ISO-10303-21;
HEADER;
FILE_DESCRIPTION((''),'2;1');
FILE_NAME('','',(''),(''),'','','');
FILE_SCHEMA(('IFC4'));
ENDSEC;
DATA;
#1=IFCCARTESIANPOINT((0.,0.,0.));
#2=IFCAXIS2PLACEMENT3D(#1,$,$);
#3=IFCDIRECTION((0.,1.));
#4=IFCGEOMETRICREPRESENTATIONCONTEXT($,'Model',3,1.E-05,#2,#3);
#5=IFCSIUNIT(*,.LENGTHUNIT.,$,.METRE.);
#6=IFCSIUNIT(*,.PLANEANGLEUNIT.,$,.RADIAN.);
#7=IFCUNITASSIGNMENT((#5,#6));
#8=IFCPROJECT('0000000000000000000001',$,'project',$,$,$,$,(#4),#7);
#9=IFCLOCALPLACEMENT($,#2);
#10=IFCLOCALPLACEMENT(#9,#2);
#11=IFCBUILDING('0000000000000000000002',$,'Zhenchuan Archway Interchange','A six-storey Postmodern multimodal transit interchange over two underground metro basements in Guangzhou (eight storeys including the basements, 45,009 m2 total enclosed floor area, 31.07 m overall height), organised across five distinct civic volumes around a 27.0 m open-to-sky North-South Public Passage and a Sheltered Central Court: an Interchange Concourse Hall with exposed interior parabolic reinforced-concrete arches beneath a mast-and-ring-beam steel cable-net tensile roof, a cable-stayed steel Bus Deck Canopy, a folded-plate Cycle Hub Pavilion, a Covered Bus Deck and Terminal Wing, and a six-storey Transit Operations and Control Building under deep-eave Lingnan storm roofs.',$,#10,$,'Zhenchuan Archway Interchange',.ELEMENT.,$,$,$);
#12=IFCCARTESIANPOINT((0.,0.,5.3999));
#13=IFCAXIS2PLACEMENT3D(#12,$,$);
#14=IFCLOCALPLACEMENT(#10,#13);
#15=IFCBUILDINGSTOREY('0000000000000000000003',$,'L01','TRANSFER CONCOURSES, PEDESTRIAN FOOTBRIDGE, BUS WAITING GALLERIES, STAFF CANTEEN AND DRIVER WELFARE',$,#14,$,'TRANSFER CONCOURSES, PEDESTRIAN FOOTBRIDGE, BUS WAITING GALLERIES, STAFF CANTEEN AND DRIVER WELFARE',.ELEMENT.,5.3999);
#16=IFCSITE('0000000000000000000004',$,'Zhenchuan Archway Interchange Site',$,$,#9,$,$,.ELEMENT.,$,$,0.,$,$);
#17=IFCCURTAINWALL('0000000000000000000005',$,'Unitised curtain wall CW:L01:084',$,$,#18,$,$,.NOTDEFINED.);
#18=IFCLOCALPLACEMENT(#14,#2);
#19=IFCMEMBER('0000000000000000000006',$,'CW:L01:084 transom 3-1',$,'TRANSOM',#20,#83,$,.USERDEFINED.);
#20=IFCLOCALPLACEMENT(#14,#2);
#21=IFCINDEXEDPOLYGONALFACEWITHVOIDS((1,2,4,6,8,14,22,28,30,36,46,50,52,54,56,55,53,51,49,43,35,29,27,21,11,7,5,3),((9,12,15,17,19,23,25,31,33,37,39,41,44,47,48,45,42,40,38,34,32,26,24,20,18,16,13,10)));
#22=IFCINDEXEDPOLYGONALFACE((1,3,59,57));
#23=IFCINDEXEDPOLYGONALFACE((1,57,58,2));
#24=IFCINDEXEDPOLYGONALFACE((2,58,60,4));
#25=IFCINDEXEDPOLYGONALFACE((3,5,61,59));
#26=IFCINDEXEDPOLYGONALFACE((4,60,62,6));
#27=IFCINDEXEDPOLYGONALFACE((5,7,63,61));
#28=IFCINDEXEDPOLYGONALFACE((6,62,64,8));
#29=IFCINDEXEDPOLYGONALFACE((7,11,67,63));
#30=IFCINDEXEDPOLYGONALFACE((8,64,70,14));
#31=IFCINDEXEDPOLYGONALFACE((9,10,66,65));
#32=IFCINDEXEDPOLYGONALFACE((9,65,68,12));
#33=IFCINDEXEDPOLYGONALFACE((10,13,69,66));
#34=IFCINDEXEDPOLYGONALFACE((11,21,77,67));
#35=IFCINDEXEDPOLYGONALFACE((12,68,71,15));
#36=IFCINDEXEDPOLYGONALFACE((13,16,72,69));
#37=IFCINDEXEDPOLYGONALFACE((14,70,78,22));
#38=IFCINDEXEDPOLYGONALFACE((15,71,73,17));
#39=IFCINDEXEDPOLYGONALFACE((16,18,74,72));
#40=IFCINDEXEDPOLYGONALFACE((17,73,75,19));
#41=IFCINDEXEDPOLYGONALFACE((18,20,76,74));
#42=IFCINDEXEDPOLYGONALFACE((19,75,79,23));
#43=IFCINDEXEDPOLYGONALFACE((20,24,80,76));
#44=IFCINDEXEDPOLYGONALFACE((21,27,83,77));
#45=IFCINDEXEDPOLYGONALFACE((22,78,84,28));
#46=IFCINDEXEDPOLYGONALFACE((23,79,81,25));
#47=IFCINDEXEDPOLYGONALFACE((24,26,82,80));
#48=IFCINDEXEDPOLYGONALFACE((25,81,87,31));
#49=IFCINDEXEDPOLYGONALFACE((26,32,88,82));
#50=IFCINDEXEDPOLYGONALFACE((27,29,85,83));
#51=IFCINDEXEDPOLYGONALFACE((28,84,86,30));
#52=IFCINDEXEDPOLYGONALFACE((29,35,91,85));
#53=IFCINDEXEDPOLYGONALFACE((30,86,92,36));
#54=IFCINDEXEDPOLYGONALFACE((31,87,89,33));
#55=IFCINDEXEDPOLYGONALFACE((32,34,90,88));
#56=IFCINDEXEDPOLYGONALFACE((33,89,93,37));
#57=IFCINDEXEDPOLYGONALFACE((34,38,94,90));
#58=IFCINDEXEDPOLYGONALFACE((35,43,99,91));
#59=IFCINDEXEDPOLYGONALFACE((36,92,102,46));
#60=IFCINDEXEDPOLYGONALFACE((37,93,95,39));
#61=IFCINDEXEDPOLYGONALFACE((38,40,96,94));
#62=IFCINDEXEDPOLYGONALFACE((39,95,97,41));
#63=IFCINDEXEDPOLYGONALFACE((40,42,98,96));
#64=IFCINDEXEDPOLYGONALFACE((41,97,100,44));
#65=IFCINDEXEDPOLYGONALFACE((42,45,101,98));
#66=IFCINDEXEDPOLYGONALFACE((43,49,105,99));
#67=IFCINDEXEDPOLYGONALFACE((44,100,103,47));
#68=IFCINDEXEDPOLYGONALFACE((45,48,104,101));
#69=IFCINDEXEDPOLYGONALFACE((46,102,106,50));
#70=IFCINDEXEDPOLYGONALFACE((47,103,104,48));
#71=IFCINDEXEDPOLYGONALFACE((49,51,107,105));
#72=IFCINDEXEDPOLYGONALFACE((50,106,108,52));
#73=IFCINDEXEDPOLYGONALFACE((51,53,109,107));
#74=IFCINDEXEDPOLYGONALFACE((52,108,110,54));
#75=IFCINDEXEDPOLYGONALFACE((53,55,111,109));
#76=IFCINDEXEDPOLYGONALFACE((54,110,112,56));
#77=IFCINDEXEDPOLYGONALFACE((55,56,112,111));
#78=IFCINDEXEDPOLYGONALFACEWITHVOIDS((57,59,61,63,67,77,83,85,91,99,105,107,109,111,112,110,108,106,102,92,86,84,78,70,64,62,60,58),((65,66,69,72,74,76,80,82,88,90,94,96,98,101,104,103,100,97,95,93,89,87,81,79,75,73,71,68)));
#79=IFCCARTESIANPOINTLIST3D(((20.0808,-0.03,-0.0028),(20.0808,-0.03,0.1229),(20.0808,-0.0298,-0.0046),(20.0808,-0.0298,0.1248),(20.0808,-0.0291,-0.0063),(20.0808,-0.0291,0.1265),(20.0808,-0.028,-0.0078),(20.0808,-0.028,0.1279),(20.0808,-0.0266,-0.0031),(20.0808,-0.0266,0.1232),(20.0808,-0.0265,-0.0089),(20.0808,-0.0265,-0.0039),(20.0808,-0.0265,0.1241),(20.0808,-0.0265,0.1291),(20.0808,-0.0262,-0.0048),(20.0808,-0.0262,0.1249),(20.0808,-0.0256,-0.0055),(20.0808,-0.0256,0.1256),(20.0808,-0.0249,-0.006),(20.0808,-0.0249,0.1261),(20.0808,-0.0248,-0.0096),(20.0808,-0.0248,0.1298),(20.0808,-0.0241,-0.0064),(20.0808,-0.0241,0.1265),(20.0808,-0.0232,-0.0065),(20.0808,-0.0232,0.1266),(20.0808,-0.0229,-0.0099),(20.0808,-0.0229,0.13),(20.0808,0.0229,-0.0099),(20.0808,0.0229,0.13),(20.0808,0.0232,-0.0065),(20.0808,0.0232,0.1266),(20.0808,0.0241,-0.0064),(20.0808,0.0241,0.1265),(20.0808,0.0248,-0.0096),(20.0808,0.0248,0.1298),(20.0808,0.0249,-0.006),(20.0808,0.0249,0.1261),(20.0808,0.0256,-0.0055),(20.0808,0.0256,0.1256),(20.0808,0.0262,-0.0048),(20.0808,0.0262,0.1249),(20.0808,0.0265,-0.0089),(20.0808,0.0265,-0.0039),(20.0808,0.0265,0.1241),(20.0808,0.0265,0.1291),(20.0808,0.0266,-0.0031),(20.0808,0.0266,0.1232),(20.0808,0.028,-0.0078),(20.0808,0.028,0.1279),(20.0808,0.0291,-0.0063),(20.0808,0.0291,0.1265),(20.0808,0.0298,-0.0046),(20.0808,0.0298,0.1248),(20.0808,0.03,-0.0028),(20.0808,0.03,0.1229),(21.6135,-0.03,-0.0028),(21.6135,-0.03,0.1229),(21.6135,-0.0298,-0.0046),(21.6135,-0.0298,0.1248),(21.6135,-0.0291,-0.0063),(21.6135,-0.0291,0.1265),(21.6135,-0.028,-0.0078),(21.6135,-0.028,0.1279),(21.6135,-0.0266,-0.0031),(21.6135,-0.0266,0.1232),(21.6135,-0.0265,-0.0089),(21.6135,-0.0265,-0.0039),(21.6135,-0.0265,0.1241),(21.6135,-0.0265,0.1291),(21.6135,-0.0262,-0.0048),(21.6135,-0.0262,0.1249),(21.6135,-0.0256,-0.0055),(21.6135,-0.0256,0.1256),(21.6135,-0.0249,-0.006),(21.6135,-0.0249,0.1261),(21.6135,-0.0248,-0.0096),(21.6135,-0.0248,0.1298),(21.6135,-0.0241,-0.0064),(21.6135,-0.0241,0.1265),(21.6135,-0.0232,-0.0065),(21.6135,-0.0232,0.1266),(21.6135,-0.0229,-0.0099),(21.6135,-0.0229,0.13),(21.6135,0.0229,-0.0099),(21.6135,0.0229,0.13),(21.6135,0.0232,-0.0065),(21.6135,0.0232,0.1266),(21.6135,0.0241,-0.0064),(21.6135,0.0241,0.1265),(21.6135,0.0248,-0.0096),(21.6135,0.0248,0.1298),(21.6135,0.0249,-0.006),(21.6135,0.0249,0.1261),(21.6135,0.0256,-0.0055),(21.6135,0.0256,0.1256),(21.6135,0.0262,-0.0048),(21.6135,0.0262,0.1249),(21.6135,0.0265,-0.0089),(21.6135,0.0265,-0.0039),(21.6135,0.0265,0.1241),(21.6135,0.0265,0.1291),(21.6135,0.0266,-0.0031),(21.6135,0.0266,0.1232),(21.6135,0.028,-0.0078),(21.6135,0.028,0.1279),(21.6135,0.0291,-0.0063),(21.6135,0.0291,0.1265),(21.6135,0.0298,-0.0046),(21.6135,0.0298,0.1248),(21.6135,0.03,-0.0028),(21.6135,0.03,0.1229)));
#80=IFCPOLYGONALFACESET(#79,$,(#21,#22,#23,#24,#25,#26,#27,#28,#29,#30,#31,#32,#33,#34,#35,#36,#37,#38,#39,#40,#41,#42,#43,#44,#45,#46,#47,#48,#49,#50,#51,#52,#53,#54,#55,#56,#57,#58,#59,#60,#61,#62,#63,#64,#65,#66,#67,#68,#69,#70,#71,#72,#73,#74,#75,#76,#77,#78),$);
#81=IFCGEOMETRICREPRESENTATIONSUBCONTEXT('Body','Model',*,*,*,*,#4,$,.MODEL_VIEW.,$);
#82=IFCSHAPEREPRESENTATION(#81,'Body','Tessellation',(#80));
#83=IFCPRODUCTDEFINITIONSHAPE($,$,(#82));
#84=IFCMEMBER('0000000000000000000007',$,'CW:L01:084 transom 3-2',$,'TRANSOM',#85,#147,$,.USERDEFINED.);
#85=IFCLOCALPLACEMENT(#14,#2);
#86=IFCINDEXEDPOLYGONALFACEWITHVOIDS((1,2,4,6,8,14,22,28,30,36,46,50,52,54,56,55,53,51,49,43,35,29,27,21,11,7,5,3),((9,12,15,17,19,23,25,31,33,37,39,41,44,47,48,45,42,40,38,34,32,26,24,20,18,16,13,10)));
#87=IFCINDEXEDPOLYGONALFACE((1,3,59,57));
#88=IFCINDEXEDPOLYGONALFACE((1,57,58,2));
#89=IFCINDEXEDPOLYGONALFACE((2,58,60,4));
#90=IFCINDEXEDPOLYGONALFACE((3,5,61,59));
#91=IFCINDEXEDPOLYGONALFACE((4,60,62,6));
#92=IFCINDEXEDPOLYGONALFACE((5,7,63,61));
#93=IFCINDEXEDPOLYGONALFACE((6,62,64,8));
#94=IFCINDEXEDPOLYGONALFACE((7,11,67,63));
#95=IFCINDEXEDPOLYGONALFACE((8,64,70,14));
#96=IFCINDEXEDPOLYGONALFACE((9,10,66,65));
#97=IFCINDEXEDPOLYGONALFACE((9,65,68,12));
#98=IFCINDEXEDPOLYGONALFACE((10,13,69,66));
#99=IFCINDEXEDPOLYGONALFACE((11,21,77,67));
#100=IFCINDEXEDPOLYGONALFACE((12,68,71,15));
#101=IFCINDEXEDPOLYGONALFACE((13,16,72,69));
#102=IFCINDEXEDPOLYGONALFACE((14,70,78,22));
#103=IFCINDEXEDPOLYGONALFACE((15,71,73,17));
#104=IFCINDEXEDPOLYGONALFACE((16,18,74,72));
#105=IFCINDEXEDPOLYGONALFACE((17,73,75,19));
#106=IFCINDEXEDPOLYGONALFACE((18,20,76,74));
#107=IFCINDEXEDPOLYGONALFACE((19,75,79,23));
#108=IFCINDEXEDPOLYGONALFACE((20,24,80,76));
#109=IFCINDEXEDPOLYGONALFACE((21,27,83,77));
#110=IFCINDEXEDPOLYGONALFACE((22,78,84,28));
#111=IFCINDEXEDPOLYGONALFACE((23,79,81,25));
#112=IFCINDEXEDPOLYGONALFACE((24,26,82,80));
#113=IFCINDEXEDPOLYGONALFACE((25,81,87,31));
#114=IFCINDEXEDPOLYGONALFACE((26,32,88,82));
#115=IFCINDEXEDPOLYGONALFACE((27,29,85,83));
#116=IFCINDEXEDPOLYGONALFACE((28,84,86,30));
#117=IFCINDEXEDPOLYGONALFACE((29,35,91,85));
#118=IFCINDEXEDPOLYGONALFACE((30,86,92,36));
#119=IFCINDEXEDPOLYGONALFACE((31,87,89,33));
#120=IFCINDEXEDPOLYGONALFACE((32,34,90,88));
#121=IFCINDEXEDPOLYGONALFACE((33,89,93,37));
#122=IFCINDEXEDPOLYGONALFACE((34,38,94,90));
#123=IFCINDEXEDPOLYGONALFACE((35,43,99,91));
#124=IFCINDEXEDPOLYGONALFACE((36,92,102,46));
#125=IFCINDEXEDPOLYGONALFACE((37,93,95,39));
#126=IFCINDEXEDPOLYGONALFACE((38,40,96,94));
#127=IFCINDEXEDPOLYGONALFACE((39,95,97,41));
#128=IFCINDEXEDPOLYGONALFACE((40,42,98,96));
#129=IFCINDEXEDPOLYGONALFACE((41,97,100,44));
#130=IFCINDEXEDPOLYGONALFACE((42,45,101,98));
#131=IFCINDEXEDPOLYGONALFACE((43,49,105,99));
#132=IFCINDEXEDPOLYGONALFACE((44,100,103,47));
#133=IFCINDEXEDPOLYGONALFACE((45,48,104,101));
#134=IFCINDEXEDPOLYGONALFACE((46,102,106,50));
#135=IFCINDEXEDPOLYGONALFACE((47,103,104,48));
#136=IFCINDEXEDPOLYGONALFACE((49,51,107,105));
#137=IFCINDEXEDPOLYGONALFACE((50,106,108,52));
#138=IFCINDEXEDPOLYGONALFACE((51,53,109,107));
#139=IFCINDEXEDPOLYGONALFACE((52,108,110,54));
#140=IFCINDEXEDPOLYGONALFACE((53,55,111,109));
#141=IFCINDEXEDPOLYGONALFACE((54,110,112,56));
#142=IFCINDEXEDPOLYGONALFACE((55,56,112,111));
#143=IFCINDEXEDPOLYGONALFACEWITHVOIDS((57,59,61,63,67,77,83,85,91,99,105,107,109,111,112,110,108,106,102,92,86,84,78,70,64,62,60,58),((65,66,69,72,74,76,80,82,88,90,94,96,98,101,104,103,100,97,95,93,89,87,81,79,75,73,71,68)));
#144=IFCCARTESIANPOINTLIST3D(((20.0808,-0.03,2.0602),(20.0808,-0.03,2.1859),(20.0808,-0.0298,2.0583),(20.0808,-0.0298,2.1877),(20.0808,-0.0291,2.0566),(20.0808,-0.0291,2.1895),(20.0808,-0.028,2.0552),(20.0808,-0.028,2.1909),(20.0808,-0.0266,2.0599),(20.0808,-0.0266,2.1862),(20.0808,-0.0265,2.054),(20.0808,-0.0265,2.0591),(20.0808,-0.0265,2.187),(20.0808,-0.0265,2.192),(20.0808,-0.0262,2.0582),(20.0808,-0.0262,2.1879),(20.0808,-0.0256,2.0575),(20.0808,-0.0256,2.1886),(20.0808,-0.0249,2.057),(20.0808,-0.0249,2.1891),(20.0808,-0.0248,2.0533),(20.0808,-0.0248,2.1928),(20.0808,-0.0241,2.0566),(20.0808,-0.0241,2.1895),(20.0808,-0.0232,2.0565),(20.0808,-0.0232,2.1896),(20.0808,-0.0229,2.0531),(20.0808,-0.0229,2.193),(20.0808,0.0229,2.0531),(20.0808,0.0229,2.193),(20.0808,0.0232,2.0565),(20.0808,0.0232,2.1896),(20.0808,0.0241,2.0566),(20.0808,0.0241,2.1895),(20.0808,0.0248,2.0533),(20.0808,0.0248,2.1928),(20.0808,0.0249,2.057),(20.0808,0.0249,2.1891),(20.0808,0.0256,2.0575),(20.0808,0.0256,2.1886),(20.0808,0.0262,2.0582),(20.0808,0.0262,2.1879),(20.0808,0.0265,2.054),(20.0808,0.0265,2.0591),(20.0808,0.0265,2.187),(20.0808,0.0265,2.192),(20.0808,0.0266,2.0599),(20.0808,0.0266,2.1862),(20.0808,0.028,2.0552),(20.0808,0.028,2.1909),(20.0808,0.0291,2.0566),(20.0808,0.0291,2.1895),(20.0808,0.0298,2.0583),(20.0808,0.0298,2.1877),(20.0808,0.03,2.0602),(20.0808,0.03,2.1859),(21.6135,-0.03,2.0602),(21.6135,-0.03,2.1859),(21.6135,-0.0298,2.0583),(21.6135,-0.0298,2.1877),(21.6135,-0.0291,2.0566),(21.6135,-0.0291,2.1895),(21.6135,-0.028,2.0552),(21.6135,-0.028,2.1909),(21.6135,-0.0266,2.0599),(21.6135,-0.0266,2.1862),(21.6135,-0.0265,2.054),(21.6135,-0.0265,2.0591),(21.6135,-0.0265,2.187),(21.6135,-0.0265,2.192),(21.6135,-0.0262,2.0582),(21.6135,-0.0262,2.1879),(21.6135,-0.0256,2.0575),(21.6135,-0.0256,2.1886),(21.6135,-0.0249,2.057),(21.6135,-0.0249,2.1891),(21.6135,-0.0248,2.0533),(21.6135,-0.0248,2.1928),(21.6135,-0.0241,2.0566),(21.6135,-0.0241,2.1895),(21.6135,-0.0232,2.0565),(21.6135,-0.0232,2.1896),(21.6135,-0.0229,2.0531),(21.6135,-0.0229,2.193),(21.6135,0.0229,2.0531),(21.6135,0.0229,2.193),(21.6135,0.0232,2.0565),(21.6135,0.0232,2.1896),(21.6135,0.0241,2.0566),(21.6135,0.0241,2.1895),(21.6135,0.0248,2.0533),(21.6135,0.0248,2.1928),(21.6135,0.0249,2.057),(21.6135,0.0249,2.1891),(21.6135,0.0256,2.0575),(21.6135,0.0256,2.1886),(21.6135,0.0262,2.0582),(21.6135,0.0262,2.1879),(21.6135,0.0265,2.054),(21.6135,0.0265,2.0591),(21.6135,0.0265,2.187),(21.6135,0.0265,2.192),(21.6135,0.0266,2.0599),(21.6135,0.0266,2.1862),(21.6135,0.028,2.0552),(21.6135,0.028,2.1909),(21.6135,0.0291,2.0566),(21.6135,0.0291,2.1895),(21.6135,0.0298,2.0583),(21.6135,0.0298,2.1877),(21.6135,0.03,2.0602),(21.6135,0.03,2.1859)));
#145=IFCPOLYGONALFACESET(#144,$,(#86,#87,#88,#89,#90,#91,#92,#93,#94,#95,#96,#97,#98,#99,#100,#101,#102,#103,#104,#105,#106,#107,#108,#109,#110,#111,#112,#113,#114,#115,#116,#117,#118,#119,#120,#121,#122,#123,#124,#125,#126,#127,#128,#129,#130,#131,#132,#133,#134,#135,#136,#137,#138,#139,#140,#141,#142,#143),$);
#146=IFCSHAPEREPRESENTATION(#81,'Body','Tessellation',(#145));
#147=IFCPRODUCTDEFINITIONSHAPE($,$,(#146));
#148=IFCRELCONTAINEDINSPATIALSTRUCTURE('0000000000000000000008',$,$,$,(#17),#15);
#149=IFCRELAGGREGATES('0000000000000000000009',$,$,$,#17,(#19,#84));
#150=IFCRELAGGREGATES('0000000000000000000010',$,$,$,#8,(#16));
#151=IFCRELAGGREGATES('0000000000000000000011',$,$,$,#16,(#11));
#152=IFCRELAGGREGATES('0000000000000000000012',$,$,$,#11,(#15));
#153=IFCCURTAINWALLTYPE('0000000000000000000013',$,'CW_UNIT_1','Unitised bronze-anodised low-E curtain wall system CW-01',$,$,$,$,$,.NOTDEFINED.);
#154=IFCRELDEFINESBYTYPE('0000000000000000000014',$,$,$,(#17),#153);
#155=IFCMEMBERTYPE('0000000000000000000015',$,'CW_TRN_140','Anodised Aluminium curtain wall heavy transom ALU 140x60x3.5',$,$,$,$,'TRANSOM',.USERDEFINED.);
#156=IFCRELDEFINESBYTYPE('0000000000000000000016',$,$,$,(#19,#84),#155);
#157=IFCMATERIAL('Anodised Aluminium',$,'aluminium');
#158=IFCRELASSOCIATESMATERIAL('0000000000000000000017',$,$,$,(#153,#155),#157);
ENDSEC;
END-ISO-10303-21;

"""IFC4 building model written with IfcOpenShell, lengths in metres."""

from ifc_helpers import new_model, si_unit, direction, frame, origin, origin_2d, place, context, subcontext, project, spatial, hollow_rectangle, extrude, material, material_profile, profile_set, type_object, element, aggregate, save


model = new_model("IFC4")

# Units and contexts
model_context = context("Model", 3, precision=1e-05, world=origin(), true_north=direction((0.0, 1.0)))
body_context = subcontext(model_context, "Body", "Model", "MODEL_VIEW")
ifc_project = project(units=[si_unit("LENGTHUNIT", "METRE"), si_unit("PLANEANGLEUNIT", "RADIAN")], contexts=[model_context])

# Site, building, storey
site_placement = place(None, origin())
site = spatial("IfcSite", under=ifc_project, at=site_placement, Name="Zhenchuan Archway Interchange Site", CompositionType="ELEMENT", RefElevation=0.0)
building_placement = place(site_placement, origin())
building = spatial("IfcBuilding", under=site, at=building_placement, Name="Zhenchuan Archway Interchange", Description="A six-storey Postmodern multimodal transit interchange over two underground metro basements in Guangzhou (eight storeys including the basements, 45,009 m2 total enclosed floor area, 31.07 m overall height), organised across five distinct civic volumes around a 27.0 m open-to-sky North-South Public Passage and a Sheltered Central Court: an Interchange Concourse Hall with exposed interior parabolic reinforced-concrete arches beneath a mast-and-ring-beam steel cable-net tensile roof, a cable-stayed steel Bus Deck Canopy, a folded-plate Cycle Hub Pavilion, a Covered Bus Deck and Terminal Wing, and a six-storey Transit Operations and Control Building under deep-eave Lingnan storm roofs.", LongName="Zhenchuan Archway Interchange", CompositionType="ELEMENT")
storey_placement = place(building_placement, frame((0.0, 0.0, 5.3999)))
storey = spatial("IfcBuildingStorey", under=building, at=storey_placement, Name="L01", Description="TRANSFER CONCOURSES, PEDESTRIAN FOOTBRIDGE, BUS WAITING GALLERIES, STAFF CANTEEN AND DRIVER WELFARE", LongName="TRANSFER CONCOURSES, PEDESTRIAN FOOTBRIDGE, BUS WAITING GALLERIES, STAFF CANTEEN AND DRIVER WELFARE", CompositionType="ELEMENT", Elevation=5.3999)

# Curtain wall
ifc_material_1 = material(Name="Anodised Aluminium", Category="aluminium")
curtain_wall_type_1 = type_object("IfcCurtainWallType", Name="CW_UNIT_1", Description="Unitised bronze-anodised low-E curtain wall system CW-01", PredefinedType="NOTDEFINED", material=ifc_material_1)
curtain_wall_1_placement = place(storey_placement, origin())
curtain_wall_1 = element("IfcCurtainWall", 1, at=curtain_wall_1_placement, inside=storey, type_object=curtain_wall_type_1, Name="Unitised curtain wall CW:L01:084", PredefinedType="NOTDEFINED")

# Members
ifc_material_profile_1 = material_profile(ifc_material_1, hollow_rectangle(XDim=0.0601, YDim=0.1399, WallThickness=0.0034, InnerFilletRadius=0.0034, OuterFilletRadius=0.0071, at=origin_2d()), Name="ALU 140x60x3.5")
ifc_profile_set_1 = profile_set([ifc_material_profile_1], Name="Anodised Aluminium")
member_type_1 = type_object("IfcMemberType", Name="CW_TRN_140", Description="Anodised Aluminium curtain wall heavy transom ALU 140x60x3.5", ElementType="TRANSOM", PredefinedType="USERDEFINED", material=ifc_profile_set_1)
member_1_placement = place(storey_placement, frame((21.6135, 0.0, 0.0601), z_axis=(-1.0, 0.0, 0.0), x_axis=(0.0, -1.0, 0.0)))
member_1 = element("IfcMember", 2, at=member_1_placement, type_object=member_type_1, Name="CW:L01:084 transom 3-1", ObjectType="TRANSOM", PredefinedType="USERDEFINED", context=body_context, shape_type="SweptSolid", body=[
    extrude(hollow_rectangle(XDim=0.0601, YDim=0.1399, WallThickness=0.0034, InnerFilletRadius=0.0034, OuterFilletRadius=0.0071, at=origin_2d()), origin(), (0.0, 0.0, 1.0), 1.5327),
])
member_2_placement = place(storey_placement, frame((21.6135, 0.0, 2.123), z_axis=(-1.0, 0.0, 0.0), x_axis=(0.0, -1.0, 0.0)))
member_2 = element("IfcMember", 3, at=member_2_placement, type_object=member_type_1, Name="CW:L01:084 transom 3-2", ObjectType="TRANSOM", PredefinedType="USERDEFINED", context=body_context, shape_type="SweptSolid", body=[
    extrude(hollow_rectangle(XDim=0.0601, YDim=0.1399, WallThickness=0.0034, InnerFilletRadius=0.0034, OuterFilletRadius=0.0071, at=origin_2d()), origin(), (0.0, 0.0, 1.0), 1.5327),
])

aggregate(curtain_wall_1, [member_1, member_2])

save(model, "model.ifc")
